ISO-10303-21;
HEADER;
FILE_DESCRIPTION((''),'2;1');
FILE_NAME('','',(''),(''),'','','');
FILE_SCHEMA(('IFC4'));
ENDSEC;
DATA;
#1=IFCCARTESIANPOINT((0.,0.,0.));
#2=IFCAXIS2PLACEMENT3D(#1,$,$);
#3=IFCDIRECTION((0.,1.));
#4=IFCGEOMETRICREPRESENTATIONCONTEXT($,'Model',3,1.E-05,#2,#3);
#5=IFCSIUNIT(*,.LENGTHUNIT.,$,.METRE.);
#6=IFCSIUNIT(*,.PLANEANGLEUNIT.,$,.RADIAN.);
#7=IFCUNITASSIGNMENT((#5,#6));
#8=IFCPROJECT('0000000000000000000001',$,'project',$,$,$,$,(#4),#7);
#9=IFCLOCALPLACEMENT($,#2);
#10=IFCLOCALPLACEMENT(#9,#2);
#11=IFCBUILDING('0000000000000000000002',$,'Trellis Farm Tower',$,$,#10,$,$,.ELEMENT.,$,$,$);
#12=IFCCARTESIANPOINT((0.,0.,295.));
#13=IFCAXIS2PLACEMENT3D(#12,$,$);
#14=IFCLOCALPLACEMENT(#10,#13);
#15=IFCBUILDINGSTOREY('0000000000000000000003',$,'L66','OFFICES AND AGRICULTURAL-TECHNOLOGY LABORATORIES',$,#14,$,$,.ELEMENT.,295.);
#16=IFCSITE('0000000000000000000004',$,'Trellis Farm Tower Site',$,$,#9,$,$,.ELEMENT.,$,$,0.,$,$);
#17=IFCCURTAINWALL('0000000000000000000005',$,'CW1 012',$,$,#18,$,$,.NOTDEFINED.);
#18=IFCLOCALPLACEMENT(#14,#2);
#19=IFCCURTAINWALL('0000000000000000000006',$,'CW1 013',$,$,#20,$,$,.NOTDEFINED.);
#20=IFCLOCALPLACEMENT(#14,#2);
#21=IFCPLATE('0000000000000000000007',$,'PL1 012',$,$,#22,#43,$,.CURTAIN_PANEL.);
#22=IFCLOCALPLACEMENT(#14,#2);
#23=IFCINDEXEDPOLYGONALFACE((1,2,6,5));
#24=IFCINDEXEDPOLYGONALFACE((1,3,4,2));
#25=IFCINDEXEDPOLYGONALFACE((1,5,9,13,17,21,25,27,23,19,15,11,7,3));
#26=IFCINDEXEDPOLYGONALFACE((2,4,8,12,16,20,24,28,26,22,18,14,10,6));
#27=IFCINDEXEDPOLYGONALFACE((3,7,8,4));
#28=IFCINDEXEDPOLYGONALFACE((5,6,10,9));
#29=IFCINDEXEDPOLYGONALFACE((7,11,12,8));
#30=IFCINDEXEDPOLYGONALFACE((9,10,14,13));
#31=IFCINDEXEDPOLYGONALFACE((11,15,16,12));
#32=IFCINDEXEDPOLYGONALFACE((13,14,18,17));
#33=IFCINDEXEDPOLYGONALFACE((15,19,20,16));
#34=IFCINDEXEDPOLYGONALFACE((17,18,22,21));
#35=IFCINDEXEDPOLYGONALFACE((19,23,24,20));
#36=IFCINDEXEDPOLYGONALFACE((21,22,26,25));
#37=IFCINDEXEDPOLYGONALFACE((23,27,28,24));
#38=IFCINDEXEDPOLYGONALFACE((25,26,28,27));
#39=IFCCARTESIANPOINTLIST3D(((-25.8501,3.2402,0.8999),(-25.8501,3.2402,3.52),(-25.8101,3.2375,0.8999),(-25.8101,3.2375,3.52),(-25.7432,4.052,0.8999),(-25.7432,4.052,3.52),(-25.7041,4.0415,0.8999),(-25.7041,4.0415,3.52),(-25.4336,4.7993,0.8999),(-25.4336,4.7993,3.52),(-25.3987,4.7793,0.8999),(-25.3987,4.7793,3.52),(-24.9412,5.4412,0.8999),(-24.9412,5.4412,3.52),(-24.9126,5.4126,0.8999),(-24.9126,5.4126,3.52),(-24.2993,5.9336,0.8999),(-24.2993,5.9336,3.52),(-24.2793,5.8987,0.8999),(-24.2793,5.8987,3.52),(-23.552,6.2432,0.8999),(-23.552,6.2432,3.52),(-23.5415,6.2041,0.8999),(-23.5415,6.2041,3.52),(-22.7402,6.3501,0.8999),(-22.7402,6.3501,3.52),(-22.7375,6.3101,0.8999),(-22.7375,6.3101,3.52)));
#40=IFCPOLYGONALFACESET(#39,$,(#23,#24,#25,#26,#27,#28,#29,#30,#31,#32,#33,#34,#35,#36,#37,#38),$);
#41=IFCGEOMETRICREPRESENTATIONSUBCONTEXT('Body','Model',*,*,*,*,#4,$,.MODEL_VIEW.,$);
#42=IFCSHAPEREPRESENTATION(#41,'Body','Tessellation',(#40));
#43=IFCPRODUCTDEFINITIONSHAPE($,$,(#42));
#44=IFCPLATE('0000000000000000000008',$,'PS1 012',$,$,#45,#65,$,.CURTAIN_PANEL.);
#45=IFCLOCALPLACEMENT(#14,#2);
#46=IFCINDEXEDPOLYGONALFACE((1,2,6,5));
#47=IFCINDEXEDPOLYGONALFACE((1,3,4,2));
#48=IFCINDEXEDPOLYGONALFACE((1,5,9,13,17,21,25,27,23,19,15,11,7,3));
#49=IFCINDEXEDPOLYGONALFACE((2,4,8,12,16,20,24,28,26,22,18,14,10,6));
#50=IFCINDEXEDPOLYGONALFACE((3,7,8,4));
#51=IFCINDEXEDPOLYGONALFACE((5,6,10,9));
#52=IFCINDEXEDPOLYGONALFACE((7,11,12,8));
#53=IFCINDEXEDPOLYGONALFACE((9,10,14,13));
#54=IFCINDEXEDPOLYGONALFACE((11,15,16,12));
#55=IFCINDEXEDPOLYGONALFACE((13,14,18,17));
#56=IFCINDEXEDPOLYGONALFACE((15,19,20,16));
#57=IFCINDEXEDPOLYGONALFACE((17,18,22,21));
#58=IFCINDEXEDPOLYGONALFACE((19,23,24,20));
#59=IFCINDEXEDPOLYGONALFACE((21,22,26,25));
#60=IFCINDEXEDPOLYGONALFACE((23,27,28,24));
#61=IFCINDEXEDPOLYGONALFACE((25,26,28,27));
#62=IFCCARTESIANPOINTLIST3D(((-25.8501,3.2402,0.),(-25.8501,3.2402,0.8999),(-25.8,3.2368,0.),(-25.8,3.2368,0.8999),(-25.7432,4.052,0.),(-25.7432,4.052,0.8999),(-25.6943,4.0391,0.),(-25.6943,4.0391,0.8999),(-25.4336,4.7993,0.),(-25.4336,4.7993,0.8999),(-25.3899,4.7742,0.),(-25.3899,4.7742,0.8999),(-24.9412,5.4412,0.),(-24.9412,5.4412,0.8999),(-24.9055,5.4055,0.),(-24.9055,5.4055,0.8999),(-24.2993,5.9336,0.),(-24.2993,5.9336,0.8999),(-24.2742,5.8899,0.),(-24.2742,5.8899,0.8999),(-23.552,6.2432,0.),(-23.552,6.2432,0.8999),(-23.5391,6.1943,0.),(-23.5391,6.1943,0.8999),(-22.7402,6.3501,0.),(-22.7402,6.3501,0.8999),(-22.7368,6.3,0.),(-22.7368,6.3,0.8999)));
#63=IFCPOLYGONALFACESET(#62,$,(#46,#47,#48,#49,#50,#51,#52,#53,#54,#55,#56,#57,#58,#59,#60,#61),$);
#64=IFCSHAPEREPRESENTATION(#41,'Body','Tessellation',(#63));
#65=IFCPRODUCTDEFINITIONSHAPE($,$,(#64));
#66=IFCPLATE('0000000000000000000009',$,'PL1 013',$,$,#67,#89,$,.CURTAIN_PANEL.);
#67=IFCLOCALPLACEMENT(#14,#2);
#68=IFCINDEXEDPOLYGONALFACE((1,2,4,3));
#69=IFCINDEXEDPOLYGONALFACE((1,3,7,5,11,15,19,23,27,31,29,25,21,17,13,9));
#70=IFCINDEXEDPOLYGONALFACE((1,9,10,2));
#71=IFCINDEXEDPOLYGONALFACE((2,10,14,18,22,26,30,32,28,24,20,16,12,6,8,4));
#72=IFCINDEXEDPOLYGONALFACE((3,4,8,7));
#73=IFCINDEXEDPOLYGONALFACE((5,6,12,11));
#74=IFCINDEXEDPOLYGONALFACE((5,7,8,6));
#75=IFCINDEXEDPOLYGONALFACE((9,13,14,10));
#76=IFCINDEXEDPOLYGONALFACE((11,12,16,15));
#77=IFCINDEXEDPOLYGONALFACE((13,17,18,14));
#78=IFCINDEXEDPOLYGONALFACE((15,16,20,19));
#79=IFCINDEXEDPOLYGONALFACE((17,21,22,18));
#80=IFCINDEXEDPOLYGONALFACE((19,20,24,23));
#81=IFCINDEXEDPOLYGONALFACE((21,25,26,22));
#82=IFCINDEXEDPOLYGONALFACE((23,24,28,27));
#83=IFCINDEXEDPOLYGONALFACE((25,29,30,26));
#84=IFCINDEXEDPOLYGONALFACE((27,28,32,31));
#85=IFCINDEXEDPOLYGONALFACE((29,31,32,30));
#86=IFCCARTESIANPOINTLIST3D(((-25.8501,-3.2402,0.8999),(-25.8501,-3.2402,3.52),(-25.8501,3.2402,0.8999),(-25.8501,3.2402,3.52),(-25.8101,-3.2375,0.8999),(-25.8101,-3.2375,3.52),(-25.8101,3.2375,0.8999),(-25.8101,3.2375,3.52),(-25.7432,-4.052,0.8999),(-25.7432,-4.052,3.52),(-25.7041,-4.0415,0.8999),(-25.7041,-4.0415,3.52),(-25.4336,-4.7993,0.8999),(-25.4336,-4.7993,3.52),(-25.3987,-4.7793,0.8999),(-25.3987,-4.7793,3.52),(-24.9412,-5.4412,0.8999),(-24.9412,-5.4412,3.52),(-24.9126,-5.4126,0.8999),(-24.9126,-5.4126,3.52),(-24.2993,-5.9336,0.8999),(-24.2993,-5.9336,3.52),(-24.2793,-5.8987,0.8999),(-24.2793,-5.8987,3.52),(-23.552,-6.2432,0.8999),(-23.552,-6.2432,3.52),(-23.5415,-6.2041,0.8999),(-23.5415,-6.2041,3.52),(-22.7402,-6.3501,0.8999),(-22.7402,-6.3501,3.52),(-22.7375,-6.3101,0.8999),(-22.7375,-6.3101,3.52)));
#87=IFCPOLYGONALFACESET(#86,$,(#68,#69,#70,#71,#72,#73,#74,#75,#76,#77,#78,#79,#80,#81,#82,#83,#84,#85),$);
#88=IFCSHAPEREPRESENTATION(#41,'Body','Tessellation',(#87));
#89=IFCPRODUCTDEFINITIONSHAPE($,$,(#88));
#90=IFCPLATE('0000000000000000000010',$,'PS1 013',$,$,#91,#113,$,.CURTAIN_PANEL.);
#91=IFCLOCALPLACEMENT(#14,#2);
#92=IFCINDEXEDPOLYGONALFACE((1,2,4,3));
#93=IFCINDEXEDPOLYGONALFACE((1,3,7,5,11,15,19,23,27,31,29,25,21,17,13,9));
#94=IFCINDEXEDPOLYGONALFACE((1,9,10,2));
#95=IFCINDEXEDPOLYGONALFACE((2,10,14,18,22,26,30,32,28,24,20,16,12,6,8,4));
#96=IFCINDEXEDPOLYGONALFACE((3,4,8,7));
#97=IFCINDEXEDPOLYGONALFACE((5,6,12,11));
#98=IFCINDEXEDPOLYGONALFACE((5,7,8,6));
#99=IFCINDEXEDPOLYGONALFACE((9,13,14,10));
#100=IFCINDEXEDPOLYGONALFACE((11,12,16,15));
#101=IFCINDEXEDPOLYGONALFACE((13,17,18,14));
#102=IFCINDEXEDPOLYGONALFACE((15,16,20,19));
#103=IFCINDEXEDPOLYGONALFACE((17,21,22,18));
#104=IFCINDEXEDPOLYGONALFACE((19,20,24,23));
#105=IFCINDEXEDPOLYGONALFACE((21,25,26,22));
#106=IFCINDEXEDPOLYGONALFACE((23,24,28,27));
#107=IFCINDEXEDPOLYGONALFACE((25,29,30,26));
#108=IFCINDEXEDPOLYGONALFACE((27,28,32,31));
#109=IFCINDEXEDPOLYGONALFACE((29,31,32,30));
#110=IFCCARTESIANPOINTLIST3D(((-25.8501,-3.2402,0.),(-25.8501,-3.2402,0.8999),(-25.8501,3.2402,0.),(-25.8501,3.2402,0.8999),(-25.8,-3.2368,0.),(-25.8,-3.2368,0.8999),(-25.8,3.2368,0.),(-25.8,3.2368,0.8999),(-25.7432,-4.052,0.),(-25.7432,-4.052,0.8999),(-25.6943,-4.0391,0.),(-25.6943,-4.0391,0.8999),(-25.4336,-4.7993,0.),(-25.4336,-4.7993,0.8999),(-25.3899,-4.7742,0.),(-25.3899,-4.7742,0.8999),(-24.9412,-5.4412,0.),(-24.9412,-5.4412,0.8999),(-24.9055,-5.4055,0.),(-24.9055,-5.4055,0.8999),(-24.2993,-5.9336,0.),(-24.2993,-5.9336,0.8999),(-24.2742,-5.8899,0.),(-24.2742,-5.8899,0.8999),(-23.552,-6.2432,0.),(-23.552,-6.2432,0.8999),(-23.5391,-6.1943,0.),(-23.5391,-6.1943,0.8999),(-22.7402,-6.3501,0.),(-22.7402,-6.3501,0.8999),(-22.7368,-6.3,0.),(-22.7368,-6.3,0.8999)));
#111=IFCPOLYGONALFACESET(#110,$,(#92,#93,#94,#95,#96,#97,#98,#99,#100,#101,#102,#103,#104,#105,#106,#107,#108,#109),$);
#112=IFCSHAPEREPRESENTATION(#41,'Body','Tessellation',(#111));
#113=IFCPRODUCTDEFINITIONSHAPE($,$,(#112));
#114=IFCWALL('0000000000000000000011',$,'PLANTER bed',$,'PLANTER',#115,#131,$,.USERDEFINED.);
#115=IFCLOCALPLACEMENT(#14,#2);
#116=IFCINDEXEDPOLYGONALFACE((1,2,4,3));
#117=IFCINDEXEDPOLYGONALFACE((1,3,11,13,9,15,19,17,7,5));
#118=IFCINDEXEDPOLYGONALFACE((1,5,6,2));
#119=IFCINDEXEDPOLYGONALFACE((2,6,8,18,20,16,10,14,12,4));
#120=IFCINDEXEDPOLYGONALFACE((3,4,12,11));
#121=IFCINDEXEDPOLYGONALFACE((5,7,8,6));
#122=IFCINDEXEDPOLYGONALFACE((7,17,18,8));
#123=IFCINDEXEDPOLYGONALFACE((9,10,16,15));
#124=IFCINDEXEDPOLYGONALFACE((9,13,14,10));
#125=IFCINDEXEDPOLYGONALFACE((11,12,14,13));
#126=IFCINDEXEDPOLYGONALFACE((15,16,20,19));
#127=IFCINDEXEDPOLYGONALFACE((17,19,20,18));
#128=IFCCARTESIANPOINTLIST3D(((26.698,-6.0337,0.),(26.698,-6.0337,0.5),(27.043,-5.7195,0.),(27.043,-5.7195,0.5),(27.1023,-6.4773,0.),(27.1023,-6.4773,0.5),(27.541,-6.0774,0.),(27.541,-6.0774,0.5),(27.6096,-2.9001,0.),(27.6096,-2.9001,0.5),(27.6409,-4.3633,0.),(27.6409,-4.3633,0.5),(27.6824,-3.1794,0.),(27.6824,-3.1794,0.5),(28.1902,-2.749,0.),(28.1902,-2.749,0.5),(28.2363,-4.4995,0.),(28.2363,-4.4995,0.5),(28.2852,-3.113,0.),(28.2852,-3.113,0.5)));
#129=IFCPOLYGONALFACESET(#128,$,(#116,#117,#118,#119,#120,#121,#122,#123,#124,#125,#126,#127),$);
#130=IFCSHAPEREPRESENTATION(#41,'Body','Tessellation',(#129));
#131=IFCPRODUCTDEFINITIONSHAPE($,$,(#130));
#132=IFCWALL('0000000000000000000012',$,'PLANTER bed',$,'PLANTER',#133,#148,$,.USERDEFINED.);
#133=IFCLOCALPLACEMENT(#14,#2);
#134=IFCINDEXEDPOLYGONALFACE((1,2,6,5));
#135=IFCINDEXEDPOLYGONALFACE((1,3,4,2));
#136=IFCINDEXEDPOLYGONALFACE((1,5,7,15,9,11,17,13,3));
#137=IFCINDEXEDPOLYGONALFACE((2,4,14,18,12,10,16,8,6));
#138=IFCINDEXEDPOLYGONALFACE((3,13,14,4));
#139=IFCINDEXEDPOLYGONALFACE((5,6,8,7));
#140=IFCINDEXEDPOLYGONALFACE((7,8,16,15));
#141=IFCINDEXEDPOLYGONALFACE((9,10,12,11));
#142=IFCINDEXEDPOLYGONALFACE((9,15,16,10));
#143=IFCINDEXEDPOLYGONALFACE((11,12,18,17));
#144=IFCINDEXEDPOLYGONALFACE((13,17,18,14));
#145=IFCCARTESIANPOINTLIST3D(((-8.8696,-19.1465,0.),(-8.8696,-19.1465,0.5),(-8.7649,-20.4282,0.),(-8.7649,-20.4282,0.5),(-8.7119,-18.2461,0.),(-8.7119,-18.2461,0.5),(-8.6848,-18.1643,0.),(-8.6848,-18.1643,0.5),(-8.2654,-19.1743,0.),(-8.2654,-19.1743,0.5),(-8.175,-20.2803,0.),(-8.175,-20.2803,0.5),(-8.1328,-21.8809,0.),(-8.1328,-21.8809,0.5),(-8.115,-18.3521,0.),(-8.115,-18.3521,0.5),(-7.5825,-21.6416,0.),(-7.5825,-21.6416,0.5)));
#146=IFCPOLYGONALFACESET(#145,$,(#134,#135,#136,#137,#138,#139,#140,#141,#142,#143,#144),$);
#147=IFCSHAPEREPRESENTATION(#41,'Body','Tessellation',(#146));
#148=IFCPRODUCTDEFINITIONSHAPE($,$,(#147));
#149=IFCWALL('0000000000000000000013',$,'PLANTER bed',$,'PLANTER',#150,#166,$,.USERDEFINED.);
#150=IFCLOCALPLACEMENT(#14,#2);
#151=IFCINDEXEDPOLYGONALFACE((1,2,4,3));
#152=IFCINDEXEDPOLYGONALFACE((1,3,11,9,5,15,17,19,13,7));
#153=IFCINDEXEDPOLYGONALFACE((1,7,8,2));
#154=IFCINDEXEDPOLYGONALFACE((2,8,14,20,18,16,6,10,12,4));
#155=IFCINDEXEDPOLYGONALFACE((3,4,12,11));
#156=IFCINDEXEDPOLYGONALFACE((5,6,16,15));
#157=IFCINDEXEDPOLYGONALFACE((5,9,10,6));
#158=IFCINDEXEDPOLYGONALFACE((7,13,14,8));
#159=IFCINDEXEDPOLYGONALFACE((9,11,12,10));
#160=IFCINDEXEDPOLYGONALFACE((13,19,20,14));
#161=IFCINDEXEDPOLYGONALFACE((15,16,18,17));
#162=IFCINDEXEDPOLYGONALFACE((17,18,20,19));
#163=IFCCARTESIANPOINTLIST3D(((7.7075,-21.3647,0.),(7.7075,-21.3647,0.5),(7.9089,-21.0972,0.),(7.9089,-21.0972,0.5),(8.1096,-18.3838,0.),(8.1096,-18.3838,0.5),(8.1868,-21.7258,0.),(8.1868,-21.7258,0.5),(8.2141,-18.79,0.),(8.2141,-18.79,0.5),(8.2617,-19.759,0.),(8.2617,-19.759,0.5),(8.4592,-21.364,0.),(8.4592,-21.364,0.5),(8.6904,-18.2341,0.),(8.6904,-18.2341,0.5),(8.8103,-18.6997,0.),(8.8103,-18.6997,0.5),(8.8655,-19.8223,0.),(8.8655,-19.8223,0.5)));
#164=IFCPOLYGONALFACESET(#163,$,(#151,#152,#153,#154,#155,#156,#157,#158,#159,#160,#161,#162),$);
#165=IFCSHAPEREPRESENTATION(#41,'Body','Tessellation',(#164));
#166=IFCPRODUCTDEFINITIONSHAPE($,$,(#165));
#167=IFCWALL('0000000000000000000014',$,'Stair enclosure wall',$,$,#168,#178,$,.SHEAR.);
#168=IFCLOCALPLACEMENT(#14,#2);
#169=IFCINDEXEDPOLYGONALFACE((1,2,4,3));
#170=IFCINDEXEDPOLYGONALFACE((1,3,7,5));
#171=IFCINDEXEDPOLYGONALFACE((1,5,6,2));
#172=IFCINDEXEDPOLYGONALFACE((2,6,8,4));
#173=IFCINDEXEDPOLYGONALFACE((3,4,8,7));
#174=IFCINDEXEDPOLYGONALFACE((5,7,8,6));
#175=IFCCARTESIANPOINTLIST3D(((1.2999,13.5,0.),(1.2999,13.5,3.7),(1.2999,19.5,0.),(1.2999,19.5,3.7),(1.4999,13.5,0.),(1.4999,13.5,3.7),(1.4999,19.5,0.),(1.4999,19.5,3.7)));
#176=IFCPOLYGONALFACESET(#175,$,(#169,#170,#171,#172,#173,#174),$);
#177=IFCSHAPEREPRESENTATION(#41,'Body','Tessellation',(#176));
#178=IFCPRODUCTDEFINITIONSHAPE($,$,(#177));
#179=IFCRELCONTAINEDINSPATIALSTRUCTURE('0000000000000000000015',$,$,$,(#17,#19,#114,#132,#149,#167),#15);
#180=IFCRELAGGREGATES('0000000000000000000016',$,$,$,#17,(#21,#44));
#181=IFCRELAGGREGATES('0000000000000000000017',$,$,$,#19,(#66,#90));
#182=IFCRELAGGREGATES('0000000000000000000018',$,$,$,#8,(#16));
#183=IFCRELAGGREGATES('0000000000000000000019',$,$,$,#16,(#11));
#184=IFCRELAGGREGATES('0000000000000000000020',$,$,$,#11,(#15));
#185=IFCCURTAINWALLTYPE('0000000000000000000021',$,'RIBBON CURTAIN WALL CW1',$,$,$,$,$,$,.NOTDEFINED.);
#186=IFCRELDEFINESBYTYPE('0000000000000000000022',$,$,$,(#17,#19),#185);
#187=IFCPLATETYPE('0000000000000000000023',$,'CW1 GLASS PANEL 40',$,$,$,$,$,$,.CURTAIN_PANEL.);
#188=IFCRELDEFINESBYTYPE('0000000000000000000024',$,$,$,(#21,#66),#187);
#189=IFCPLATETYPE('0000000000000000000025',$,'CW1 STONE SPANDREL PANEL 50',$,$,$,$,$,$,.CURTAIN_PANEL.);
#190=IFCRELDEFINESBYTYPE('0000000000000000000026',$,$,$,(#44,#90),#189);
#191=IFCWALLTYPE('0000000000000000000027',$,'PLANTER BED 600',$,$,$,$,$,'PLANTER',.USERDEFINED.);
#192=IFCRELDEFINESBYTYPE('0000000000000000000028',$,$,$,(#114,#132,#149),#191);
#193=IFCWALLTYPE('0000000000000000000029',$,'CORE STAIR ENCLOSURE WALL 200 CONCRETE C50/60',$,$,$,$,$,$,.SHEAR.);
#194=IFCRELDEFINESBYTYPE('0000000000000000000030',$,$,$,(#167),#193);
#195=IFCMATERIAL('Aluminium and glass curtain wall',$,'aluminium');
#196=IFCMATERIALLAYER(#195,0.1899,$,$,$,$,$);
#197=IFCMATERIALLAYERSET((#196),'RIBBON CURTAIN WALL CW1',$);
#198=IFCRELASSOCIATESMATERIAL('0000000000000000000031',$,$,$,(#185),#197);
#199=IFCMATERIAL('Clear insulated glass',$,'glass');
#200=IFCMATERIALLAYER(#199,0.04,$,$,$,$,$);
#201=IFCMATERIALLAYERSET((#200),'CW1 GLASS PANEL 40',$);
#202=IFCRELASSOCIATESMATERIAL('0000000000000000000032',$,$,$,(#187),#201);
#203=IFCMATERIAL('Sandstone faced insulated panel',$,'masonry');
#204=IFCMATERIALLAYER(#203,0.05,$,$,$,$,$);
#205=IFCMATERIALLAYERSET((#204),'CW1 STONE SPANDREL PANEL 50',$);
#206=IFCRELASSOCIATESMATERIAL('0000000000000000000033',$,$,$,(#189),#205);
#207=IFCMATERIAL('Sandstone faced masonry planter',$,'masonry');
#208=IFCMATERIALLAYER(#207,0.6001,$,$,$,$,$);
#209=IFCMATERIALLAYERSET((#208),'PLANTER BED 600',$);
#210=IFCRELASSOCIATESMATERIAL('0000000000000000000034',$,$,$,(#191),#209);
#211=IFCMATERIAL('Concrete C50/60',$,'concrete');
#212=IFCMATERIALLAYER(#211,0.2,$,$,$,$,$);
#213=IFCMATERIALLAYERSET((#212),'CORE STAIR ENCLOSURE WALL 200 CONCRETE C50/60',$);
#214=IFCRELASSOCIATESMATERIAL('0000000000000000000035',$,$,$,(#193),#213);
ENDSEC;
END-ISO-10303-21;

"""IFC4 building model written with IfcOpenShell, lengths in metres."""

from ifc_helpers import new_model, si_unit, direction, frame, frame_2d, origin, place, context, subcontext, project, spatial, polyline, rectangle, outline, extrude, source, transform, mapped, material, layer, layer_set, type_object, element, aggregate, save


model = new_model("IFC4")

# Units and contexts
model_context = context("Model", 3, precision=1e-05, world=origin(), true_north=direction((0.0, 1.0)))
body_context = subcontext(model_context, "Body", "Model", "MODEL_VIEW")
ifc_project = project(units=[si_unit("LENGTHUNIT", "METRE"), si_unit("PLANEANGLEUNIT", "RADIAN")], contexts=[model_context])

# Site, building, storey
site_placement = place(None, origin())
site = spatial("IfcSite", under=ifc_project, at=site_placement, Name="Trellis Farm Tower Site", CompositionType="ELEMENT", RefElevation=0.0)
building_placement = place(site_placement, origin())
building = spatial("IfcBuilding", under=site, at=building_placement, Name="Trellis Farm Tower", CompositionType="ELEMENT")
storey_placement = place(building_placement, frame((0.0, 0.0, 295.0)))
storey = spatial("IfcBuildingStorey", under=building, at=storey_placement, Name="L66", Description="OFFICES AND AGRICULTURAL-TECHNOLOGY LABORATORIES", CompositionType="ELEMENT", Elevation=295.0)

# Curtain walls
ifc_material_1 = material(Name="Aluminium and glass curtain wall", Category="aluminium")
placement_1 = place(storey_placement, origin())
ifc_layer_1 = layer(ifc_material_1, 0.1899)
ifc_layer_set_1 = layer_set([ifc_layer_1], Name="RIBBON CURTAIN WALL CW1")
curtain_wall_type_1 = type_object("IfcCurtainWallType", Name="RIBBON CURTAIN WALL CW1", PredefinedType="NOTDEFINED", material=ifc_layer_set_1)
curtain_wall_1 = element("IfcCurtainWall", 1, at=placement_1, inside=storey, type_object=curtain_wall_type_1, Name="CW1 012", PredefinedType="NOTDEFINED")
curtain_wall_2 = element("IfcCurtainWall", 2, at=placement_1, inside=storey, type_object=curtain_wall_type_1, Name="CW1 013", PredefinedType="NOTDEFINED")

# Plates
ifc_material_2 = material(Name="Clear insulated glass", Category="glass")
ifc_layer_2 = layer(ifc_material_2, 0.04)
ifc_layer_set_2 = layer_set([ifc_layer_2], Name="CW1 GLASS PANEL 40")
plate_type_1 = type_object("IfcPlateType", Name="CW1 GLASS PANEL 40", PredefinedType="CURTAIN_PANEL", material=ifc_layer_set_2)
placement_2 = place(storey_placement, frame((0.0, 0.0, 0.8999)))
ifc_material_3 = material(Name="Sandstone faced insulated panel", Category="masonry")
ifc_layer_3 = layer(ifc_material_3, 0.05)
ifc_layer_set_3 = layer_set([ifc_layer_3], Name="CW1 STONE SPANDREL PANEL 50")
plate_type_2 = type_object("IfcPlateType", Name="CW1 STONE SPANDREL PANEL 50", PredefinedType="CURTAIN_PANEL", material=ifc_layer_set_3)
shared_shape_1 = source(origin(), body_context, "Body", "SweptSolid", [
    extrude(outline(polyline([(-22.7402, 6.3501), (-23.552, 6.2432), (-24.2993, 5.9336), (-24.9412, 5.4412), (-25.4336, 4.7993), (-25.7432, 4.052), (-25.8501, 3.2402), (-25.8101, 3.2375), (-25.7041, 4.0415), (-25.3987, 4.7793), (-24.9126, 5.4126), (-24.2793, 5.8987), (-23.5415, 6.2041), (-22.7375, 6.3101), (-22.7402, 6.3501)])), origin(), (0.0, 0.0, 1.0), 2.6201),
])
plate_1 = element("IfcPlate", 3, at=placement_2, type_object=plate_type_1, Name="PL1 012", PredefinedType="CURTAIN_PANEL", context=body_context, shape_type="MappedRepresentation", body=[
    mapped(shared_shape_1, transform((0.0, 0.0, 0.0))),
])
shared_shape_2 = source(origin(), body_context, "Body", "SweptSolid", [
    extrude(outline(polyline([(-22.7402, 6.3501), (-23.552, 6.2432), (-24.2993, 5.9336), (-24.9412, 5.4412), (-25.4336, 4.7993), (-25.7432, 4.052), (-25.8501, 3.2402), (-25.8, 3.2368), (-25.6943, 4.0391), (-25.3899, 4.7742), (-24.9055, 5.4055), (-24.2742, 5.8899), (-23.5391, 6.1943), (-22.7368, 6.3), (-22.7402, 6.3501)])), origin(), (0.0, 0.0, 1.0), 0.8999),
])
plate_2 = element("IfcPlate", 4, at=placement_1, type_object=plate_type_2, Name="PS1 012", PredefinedType="CURTAIN_PANEL", context=body_context, shape_type="MappedRepresentation", body=[
    mapped(shared_shape_2, transform((0.0, 0.0, 0.0))),
])
aggregate(curtain_wall_1, [plate_1, plate_2])
shared_shape_3 = source(origin(), body_context, "Body", "SweptSolid", [
    extrude(outline(polyline([(-25.8501, 3.2402), (-25.8501, -3.2402), (-25.7432, -4.052), (-25.4336, -4.7993), (-24.9412, -5.4412), (-24.2993, -5.9336), (-23.552, -6.2432), (-22.7402, -6.3501), (-22.7375, -6.3101), (-23.5415, -6.2041), (-24.2793, -5.8987), (-24.9126, -5.4126), (-25.3987, -4.7793), (-25.7041, -4.0415), (-25.8101, -3.2375), (-25.8101, 3.2375), (-25.8501, 3.2402)])), origin(), (0.0, 0.0, 1.0), 2.6201),
])
plate_3 = element("IfcPlate", 5, at=placement_2, type_object=plate_type_1, Name="PL1 013", PredefinedType="CURTAIN_PANEL", context=body_context, shape_type="MappedRepresentation", body=[
    mapped(shared_shape_3, transform((0.0, 0.0, 0.0))),
])
shared_shape_4 = source(origin(), body_context, "Body", "SweptSolid", [
    extrude(outline(polyline([(-25.8501, 3.2402), (-25.8501, -3.2402), (-25.7432, -4.052), (-25.4336, -4.7993), (-24.9412, -5.4412), (-24.2993, -5.9336), (-23.552, -6.2432), (-22.7402, -6.3501), (-22.7368, -6.3), (-23.5391, -6.1943), (-24.2742, -5.8899), (-24.9055, -5.4055), (-25.3899, -4.7742), (-25.6943, -4.0391), (-25.8, -3.2368), (-25.8, 3.2368), (-25.8501, 3.2402)])), origin(), (0.0, 0.0, 1.0), 0.8999),
])
plate_4 = element("IfcPlate", 6, at=placement_1, type_object=plate_type_2, Name="PS1 013", PredefinedType="CURTAIN_PANEL", context=body_context, shape_type="MappedRepresentation", body=[
    mapped(shared_shape_4, transform((0.0, 0.0, 0.0))),
])
aggregate(curtain_wall_2, [plate_3, plate_4])

# Walls
ifc_material_4 = material(Name="Sandstone faced masonry planter", Category="masonry")
ifc_layer_4 = layer(ifc_material_4, 0.6001)
ifc_layer_set_4 = layer_set([ifc_layer_4], Name="PLANTER BED 600")
wall_type_1 = type_object("IfcWallType", Name="PLANTER BED 600", ElementType="PLANTER", PredefinedType="USERDEFINED", material=ifc_layer_set_4)
element("IfcWall", 7, at=placement_1, inside=storey, type_object=wall_type_1, Name="PLANTER bed", ObjectType="PLANTER", PredefinedType="USERDEFINED", context=body_context, shape_type="SweptSolid", body=[
    extrude(outline(polyline([(28.2852, -3.113), (28.2363, -4.4995), (27.541, -6.0774), (27.1023, -6.4773), (26.698, -6.0337), (27.043, -5.7195), (27.6409, -4.3633), (27.6824, -3.1794), (27.6096, -2.9001), (28.1902, -2.749), (28.2852, -3.113)])), origin(), (0.0, 0.0, 1.0), 0.5),
])
element("IfcWall", 8, at=placement_1, inside=storey, type_object=wall_type_1, Name="PLANTER bed", ObjectType="PLANTER", PredefinedType="USERDEFINED", context=body_context, shape_type="SweptSolid", body=[
    extrude(outline(polyline([(-8.8696, -19.1465), (-8.7119, -18.2461), (-8.6848, -18.1643), (-8.115, -18.3521), (-8.2654, -19.1743), (-8.175, -20.2803), (-7.5825, -21.6416), (-8.1328, -21.8809), (-8.7649, -20.4282), (-8.8696, -19.1465)])), origin(), (0.0, 0.0, 1.0), 0.5),
])
element("IfcWall", 9, at=placement_1, inside=storey, type_object=wall_type_1, Name="PLANTER bed", ObjectType="PLANTER", PredefinedType="USERDEFINED", context=body_context, shape_type="SweptSolid", body=[
    extrude(outline(polyline([(8.8655, -19.8223), (8.4592, -21.364), (8.1868, -21.7258), (7.7075, -21.3647), (7.9089, -21.0972), (8.2617, -19.759), (8.2141, -18.79), (8.1096, -18.3838), (8.6904, -18.2341), (8.8103, -18.6997), (8.8655, -19.8223)])), origin(), (0.0, 0.0, 1.0), 0.5),
])
ifc_material_5 = material(Name="Concrete C50/60", Category="concrete")
ifc_layer_5 = layer(ifc_material_5, 0.2)
ifc_layer_set_5 = layer_set([ifc_layer_5], Name="CORE STAIR ENCLOSURE WALL 200 CONCRETE C50/60")
wall_type_2 = type_object("IfcWallType", Name="CORE STAIR ENCLOSURE WALL 200 CONCRETE C50/60", PredefinedType="SHEAR", material=ifc_layer_set_5)
shared_shape_5 = source(origin(), body_context, "Body", "SweptSolid", [
    extrude(rectangle(XDim=6.0, YDim=0.2, at=frame_2d((3.0, 0.0))), origin(), (0.0, 0.0, 1.0), 3.7),
])
wall_1_placement = place(storey_placement, frame((1.3999, 13.5, 0.0), z_axis=(0.0, 0.0, 1.0), x_axis=(0.0, 1.0, 0.0)))
element("IfcWall", 10, at=wall_1_placement, inside=storey, type_object=wall_type_2, Name="Stair enclosure wall", PredefinedType="SHEAR", context=body_context, shape_type="MappedRepresentation", body=[
    mapped(shared_shape_5, transform((0.0, 0.0, 0.0))),
])

save(model, "model.ifc")
